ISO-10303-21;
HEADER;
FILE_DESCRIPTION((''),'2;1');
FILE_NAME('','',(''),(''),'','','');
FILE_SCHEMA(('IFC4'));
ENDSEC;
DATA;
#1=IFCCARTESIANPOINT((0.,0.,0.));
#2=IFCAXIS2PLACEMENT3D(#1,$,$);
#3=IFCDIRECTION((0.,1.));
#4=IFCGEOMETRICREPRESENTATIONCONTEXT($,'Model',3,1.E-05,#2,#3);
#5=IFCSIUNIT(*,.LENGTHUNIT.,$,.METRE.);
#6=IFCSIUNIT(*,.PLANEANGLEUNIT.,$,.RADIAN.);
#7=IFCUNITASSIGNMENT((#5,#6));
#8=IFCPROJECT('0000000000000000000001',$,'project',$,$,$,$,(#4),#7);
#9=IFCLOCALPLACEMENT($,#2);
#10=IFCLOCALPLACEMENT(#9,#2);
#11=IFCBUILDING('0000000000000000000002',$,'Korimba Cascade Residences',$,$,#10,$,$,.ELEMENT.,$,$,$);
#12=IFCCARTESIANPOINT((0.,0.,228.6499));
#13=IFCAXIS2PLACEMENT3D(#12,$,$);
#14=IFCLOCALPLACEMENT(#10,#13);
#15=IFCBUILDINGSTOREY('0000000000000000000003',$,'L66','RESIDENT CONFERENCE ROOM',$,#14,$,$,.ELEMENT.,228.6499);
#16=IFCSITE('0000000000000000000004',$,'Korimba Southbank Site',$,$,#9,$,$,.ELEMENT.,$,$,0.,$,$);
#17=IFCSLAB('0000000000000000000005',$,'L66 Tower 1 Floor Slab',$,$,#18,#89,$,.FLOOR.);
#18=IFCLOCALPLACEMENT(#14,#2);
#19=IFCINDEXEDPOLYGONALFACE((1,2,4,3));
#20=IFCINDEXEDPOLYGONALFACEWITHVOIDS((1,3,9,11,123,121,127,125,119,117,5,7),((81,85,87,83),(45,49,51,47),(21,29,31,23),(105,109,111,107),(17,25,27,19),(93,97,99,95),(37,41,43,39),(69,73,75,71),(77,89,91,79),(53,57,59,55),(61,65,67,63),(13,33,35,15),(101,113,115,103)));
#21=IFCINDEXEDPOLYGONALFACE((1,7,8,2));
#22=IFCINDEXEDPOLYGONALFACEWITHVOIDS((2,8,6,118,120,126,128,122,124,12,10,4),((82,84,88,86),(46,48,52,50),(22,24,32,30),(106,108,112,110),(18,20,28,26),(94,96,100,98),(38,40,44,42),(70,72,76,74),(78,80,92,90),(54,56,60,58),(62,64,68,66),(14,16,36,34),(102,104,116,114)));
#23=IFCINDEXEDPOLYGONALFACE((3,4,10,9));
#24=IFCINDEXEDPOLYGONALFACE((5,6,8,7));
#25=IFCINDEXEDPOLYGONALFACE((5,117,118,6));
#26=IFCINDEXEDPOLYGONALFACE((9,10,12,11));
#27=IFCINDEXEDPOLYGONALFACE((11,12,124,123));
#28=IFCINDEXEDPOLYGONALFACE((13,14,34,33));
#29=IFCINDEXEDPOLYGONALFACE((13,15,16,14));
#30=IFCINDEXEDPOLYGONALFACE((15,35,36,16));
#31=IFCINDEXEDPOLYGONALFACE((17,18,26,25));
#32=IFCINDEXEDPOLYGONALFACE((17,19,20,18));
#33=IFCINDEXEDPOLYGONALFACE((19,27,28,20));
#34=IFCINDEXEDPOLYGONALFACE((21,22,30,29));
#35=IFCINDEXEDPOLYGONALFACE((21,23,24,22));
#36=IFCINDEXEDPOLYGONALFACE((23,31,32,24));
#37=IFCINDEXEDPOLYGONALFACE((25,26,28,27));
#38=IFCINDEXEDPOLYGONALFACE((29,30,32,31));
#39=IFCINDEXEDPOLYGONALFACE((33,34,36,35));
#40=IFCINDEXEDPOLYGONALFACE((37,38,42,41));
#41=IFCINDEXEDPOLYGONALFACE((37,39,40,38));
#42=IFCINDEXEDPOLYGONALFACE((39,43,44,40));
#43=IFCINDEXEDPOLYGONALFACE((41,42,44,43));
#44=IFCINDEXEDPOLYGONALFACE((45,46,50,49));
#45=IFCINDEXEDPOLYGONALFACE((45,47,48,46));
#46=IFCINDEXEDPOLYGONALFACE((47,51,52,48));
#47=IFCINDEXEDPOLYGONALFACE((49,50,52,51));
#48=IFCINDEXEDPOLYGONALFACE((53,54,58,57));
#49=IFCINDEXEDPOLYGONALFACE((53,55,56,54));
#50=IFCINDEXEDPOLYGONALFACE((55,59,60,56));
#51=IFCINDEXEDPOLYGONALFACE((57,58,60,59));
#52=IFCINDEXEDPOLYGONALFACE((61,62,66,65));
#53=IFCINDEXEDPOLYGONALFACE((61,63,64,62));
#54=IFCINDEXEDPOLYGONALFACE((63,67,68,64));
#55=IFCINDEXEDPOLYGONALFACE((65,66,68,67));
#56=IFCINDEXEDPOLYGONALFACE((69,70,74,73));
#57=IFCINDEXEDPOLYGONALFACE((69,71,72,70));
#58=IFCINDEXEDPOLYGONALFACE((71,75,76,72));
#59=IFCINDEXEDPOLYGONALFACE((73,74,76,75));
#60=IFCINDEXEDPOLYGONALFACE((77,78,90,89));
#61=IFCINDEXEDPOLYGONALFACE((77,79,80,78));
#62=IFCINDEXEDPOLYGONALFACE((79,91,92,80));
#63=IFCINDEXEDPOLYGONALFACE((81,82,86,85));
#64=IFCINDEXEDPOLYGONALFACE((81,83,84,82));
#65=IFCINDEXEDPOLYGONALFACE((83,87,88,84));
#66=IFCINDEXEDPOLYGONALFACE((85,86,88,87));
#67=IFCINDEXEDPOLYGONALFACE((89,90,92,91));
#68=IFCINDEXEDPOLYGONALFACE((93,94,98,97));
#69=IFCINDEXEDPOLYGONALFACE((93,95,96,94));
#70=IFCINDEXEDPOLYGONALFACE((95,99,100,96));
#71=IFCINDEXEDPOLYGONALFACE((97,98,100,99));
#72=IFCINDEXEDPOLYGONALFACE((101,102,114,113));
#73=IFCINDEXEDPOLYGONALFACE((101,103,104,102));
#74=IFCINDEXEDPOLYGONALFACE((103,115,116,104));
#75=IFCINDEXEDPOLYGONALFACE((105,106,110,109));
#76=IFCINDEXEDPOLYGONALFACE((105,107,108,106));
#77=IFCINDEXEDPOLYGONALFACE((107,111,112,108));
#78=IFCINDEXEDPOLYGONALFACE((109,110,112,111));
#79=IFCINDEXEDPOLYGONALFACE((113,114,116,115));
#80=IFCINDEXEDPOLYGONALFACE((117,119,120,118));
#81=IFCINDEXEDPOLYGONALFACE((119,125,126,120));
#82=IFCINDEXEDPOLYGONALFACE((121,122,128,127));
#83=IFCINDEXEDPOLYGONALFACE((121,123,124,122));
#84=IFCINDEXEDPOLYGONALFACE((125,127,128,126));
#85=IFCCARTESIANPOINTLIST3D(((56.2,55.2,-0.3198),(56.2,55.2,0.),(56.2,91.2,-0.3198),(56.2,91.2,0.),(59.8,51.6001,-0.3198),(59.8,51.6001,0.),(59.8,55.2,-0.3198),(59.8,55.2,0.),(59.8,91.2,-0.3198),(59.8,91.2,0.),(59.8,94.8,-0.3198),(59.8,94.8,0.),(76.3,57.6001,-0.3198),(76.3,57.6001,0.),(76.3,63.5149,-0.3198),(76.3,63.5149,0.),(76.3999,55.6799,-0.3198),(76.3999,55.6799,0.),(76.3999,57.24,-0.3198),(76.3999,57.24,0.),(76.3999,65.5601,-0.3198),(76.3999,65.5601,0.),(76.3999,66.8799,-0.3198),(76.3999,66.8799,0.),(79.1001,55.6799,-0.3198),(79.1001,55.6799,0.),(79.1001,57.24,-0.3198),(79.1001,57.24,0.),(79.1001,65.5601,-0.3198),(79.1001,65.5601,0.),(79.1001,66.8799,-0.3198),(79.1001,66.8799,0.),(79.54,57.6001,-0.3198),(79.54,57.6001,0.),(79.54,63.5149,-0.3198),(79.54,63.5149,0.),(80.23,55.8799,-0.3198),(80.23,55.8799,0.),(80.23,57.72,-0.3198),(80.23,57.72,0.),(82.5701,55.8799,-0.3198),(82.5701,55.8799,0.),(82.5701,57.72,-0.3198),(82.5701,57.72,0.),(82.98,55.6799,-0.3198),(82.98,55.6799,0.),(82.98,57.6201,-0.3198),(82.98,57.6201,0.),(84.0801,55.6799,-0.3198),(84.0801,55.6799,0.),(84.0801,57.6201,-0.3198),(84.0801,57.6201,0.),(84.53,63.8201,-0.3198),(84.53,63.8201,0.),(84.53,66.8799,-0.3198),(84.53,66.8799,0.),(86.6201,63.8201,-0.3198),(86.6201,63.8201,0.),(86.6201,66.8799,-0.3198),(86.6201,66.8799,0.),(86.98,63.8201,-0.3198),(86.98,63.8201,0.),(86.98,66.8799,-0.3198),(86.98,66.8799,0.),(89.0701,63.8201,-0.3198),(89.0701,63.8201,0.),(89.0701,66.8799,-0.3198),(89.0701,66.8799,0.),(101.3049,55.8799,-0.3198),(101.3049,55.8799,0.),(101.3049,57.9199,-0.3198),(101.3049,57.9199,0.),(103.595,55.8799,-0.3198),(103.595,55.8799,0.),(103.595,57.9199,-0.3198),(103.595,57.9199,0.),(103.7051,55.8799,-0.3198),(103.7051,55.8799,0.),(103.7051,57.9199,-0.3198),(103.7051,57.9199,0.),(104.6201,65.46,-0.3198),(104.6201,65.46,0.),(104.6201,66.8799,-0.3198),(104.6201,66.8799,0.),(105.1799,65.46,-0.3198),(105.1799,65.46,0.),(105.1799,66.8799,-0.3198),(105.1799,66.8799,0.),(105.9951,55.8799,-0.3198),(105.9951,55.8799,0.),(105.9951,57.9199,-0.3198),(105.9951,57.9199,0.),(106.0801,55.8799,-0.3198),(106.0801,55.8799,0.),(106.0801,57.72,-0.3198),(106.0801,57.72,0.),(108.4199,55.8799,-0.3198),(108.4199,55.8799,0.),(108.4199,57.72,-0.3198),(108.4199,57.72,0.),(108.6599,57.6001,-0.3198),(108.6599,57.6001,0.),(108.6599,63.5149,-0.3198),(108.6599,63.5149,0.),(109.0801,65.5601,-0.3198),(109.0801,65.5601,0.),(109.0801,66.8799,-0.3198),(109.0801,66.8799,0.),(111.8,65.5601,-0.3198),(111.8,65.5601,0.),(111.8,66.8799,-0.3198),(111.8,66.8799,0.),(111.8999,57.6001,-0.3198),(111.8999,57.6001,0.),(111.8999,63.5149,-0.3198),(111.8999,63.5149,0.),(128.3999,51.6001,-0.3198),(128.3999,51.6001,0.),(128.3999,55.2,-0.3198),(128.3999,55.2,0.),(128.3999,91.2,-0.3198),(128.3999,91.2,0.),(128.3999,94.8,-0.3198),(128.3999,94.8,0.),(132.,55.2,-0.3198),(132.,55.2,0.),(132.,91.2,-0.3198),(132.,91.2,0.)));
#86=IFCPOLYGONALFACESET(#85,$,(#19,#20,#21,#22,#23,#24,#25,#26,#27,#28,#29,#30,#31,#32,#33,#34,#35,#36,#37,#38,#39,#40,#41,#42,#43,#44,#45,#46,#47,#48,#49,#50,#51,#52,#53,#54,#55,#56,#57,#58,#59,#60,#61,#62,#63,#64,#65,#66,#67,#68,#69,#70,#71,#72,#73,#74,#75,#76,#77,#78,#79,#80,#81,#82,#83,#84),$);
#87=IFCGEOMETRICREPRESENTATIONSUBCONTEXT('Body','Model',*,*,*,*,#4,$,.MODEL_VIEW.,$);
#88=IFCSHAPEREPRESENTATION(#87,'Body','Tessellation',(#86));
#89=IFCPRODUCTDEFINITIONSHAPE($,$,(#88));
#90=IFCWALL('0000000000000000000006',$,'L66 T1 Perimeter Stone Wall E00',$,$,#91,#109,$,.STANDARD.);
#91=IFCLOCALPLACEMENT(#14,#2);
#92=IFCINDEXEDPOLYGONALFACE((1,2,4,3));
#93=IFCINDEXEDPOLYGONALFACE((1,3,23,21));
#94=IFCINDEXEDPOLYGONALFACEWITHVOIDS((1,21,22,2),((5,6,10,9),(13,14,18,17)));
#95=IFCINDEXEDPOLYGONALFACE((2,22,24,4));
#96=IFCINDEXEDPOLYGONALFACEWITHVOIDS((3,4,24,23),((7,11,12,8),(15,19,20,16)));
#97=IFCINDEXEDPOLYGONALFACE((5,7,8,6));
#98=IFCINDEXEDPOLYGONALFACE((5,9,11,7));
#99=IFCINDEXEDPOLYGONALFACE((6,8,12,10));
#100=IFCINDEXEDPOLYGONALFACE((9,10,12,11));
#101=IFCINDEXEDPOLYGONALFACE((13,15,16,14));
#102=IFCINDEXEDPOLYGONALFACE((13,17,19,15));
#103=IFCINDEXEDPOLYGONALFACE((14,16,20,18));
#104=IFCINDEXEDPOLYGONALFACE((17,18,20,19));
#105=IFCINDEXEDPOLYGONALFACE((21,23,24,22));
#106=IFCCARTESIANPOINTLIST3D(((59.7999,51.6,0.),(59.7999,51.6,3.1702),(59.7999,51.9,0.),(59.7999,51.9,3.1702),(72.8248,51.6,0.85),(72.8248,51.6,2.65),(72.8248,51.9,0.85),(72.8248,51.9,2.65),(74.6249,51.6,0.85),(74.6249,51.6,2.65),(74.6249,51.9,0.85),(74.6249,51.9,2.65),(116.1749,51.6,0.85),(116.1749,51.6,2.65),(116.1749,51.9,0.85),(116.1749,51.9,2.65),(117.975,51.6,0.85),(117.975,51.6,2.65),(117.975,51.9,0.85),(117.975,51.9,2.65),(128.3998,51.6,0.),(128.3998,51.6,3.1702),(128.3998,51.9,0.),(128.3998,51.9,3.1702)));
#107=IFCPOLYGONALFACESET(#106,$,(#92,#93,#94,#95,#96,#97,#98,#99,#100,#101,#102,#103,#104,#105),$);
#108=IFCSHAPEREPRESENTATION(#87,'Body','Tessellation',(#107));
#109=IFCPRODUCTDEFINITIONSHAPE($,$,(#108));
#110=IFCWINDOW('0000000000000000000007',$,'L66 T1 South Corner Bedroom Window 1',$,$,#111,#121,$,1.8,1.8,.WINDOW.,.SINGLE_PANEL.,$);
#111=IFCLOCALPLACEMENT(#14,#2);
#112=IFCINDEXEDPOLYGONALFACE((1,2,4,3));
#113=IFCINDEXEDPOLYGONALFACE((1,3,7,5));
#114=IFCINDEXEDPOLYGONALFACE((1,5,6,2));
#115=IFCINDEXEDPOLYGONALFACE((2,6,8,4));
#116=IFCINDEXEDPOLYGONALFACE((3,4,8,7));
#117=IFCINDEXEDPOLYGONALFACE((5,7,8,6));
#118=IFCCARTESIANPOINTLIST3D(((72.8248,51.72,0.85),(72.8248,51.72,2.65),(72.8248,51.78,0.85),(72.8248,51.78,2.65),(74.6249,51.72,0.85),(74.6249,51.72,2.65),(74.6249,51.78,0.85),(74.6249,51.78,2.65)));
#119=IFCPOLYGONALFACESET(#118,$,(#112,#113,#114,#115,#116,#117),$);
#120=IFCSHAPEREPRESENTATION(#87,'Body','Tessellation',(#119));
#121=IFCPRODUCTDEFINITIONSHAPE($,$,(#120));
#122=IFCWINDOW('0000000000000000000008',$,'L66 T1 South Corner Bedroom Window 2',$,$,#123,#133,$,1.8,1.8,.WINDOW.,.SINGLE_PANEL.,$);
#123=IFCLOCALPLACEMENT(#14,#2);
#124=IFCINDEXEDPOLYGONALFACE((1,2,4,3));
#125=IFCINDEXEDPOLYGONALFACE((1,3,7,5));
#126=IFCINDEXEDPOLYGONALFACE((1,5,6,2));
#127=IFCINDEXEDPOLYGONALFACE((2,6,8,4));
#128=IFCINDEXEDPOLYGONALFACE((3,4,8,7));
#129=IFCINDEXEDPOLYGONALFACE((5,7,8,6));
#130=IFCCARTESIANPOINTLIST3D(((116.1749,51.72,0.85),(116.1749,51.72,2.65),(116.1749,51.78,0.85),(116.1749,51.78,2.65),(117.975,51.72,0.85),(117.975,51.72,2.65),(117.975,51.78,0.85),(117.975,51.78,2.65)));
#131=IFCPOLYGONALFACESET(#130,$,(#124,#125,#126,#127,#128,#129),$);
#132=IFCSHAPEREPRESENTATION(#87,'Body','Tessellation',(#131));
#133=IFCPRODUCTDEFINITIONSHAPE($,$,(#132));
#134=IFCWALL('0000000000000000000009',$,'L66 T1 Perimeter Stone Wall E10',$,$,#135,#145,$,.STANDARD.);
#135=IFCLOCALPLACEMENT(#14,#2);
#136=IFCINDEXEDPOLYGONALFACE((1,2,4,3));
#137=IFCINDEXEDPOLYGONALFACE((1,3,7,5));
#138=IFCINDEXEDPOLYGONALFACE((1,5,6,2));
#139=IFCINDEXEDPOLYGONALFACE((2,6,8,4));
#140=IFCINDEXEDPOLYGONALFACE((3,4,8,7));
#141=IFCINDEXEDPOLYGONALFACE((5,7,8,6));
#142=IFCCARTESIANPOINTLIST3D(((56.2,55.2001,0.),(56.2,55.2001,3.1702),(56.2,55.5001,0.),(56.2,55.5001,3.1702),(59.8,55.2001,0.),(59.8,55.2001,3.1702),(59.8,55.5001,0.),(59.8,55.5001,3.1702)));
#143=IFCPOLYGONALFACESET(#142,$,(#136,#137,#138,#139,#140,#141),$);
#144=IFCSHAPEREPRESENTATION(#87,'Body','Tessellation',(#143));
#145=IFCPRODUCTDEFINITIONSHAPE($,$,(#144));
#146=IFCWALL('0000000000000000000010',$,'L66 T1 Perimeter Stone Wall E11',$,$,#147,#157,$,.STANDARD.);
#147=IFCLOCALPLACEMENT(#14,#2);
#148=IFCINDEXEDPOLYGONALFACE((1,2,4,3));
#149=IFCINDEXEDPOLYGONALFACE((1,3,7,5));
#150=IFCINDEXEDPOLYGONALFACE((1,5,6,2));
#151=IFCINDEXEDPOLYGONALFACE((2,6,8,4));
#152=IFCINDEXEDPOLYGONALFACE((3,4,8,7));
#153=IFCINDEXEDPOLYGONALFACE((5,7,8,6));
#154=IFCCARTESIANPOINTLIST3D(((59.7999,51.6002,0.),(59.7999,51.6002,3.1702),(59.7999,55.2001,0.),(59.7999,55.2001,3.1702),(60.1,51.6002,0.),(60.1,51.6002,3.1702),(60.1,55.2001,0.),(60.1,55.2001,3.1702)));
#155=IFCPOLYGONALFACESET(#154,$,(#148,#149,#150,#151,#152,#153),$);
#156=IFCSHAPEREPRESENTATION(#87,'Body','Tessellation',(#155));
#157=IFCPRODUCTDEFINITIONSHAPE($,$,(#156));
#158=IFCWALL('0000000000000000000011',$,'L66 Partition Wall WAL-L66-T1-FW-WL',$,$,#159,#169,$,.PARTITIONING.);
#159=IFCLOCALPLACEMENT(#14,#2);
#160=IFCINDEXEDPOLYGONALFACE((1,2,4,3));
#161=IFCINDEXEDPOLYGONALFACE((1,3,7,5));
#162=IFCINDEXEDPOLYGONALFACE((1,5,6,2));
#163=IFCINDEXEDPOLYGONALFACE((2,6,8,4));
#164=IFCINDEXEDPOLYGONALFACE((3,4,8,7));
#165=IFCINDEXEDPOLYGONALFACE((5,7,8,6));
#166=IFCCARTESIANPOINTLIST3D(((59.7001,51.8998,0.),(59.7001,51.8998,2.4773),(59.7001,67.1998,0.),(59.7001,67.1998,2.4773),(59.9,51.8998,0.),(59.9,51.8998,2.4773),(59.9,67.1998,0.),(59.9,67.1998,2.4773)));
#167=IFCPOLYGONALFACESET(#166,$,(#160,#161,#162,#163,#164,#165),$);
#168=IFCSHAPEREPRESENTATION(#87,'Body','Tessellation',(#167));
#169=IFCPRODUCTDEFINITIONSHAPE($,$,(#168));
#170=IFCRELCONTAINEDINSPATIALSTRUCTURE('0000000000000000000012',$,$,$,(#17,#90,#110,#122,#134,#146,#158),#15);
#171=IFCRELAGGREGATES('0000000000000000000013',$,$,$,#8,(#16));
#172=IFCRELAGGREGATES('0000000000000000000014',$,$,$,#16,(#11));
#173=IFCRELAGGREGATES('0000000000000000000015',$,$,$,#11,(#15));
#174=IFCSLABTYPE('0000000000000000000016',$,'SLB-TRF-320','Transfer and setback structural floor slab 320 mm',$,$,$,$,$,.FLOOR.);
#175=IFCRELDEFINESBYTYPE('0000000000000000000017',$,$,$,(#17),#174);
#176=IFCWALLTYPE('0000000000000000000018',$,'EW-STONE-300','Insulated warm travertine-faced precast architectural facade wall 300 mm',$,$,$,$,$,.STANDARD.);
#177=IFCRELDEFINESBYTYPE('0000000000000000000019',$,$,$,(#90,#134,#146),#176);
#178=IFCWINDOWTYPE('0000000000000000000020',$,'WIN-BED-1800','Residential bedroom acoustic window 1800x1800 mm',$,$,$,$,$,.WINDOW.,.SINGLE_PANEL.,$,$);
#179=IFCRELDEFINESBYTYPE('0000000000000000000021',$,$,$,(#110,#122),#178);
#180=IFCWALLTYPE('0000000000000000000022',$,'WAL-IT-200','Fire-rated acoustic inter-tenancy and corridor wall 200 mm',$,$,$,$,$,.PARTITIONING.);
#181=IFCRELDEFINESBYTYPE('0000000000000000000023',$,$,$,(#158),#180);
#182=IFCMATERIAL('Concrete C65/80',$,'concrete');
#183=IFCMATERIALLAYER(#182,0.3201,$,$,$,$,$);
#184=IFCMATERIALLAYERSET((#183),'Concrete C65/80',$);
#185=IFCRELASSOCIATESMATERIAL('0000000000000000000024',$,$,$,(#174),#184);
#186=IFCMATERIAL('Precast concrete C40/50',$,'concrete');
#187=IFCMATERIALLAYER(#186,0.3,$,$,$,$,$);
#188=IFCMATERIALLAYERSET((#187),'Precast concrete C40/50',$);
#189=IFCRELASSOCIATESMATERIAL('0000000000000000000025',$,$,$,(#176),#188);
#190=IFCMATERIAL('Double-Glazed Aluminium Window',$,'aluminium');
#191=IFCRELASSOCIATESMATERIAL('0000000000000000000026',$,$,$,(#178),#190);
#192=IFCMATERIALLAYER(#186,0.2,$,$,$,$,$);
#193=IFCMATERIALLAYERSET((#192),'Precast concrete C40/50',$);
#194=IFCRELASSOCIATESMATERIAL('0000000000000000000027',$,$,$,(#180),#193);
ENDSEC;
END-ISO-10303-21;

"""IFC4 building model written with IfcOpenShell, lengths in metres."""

from ifc_helpers import new_model, si_unit, direction, frame, frame_2d, origin, place, context, subcontext, project, spatial, polyline, rectangle, outline, extrude, material, layer, layer_set, type_object, element, fill, save


model = new_model("IFC4")

# Units and contexts
model_context = context("Model", 3, precision=1e-05, world=origin(), true_north=direction((0.0, 1.0)))
body_context = subcontext(model_context, "Body", "Model", "MODEL_VIEW")
ifc_project = project(units=[si_unit("LENGTHUNIT", "METRE"), si_unit("PLANEANGLEUNIT", "RADIAN")], contexts=[model_context])

# Site, building, storey
site_placement = place(None, origin())
site = spatial("IfcSite", under=ifc_project, at=site_placement, Name="Korimba Southbank Site", CompositionType="ELEMENT", RefElevation=0.0)
building_placement = place(site_placement, origin())
building = spatial("IfcBuilding", under=site, at=building_placement, Name="Korimba Cascade Residences", CompositionType="ELEMENT")
storey_placement = place(building_placement, frame((0.0, 0.0, 228.6499)))
storey = spatial("IfcBuildingStorey", under=building, at=storey_placement, Name="L66", Description="RESIDENT CONFERENCE ROOM", CompositionType="ELEMENT", Elevation=228.6499)

# Shared definitions
ifc_material_1 = material(Name="Concrete C65/80", Category="concrete")

# Slab
ifc_material_2 = material(Name="Precast concrete C40/50", Category="concrete")
ifc_layer_1 = layer(ifc_material_1, 0.3201)
ifc_layer_set_1 = layer_set([ifc_layer_1], Name="Concrete C65/80")
slab_type_1 = type_object("IfcSlabType", Name="SLB-TRF-320", Description="Transfer and setback structural floor slab 320 mm", PredefinedType="FLOOR", material=ifc_layer_set_1)
slab_1_placement = place(storey_placement, frame((0.0, 0.0, -0.3198)))
element("IfcSlab", 1, at=slab_1_placement, inside=storey, type_object=slab_type_1, Name="L66 Tower 1 Floor Slab", PredefinedType="FLOOR", context=body_context, shape_type="SweptSolid", body=[
    extrude(outline(polyline([(59.8, 51.6001), (128.3999, 51.6001), (128.3999, 55.2), (132.0, 55.2), (132.0, 91.2), (128.3999, 91.2), (128.3999, 94.8), (59.8, 94.8), (59.8, 91.2), (56.2, 91.2), (56.2, 55.2), (59.8, 55.2), (59.8, 51.6001)]), holes=[polyline([(76.3, 63.5149), (76.3, 57.6001), (79.54, 57.6001), (79.54, 63.5149), (76.3, 63.5149)]), polyline([(108.6599, 63.5149), (108.6599, 57.6001), (111.8999, 57.6001), (111.8999, 63.5149), (108.6599, 63.5149)]), polyline([(80.23, 55.8799), (82.5701, 55.8799), (82.5701, 57.72), (80.23, 57.72), (80.23, 55.8799)]), polyline([(106.0801, 55.8799), (108.4199, 55.8799), (108.4199, 57.72), (106.0801, 57.72), (106.0801, 55.8799)]), polyline([(101.3049, 55.8799), (103.595, 55.8799), (103.595, 57.9199), (101.3049, 57.9199), (101.3049, 55.8799)]), polyline([(103.7051, 55.8799), (105.9951, 55.8799), (105.9951, 57.9199), (103.7051, 57.9199), (103.7051, 55.8799)]), polyline([(82.98, 55.6799), (84.0801, 55.6799), (84.0801, 57.6201), (82.98, 57.6201), (82.98, 55.6799)]), polyline([(76.3999, 65.5601), (79.1001, 65.5601), (79.1001, 66.8799), (76.3999, 66.8799), (76.3999, 65.5601)]), polyline([(76.3999, 55.6799), (79.1001, 55.6799), (79.1001, 57.24), (76.3999, 57.24), (76.3999, 55.6799)]), polyline([(84.53, 63.8201), (86.6201, 63.8201), (86.6201, 66.8799), (84.53, 66.8799), (84.53, 63.8201)]), polyline([(86.98, 63.8201), (89.0701, 63.8201), (89.0701, 66.8799), (86.98, 66.8799), (86.98, 63.8201)]), polyline([(104.6201, 65.46), (105.1799, 65.46), (105.1799, 66.8799), (104.6201, 66.8799), (104.6201, 65.46)]), polyline([(109.0801, 65.5601), (111.8, 65.5601), (111.8, 66.8799), (109.0801, 66.8799), (109.0801, 65.5601)])]), origin(), (0.0, 0.0, 1.0), 0.3198),
])

# Wall, openings, windows
ifc_layer_2 = layer(ifc_material_2, 0.3)
ifc_layer_set_2 = layer_set([ifc_layer_2], Name="Precast concrete C40/50")
wall_type_1 = type_object("IfcWallType", Name="EW-STONE-300", Description="Insulated warm travertine-faced precast architectural facade wall 300 mm", PredefinedType="STANDARD", material=ifc_layer_set_2)
wall_1_placement = place(storey_placement, frame((59.8, 51.75, 0.0), z_axis=(0.0, 0.0, 1.0), x_axis=(1.0, 0.0, 0.0)))
wall_1 = element("IfcWall", 2, at=wall_1_placement, inside=storey, type_object=wall_type_1, Name="L66 T1 Perimeter Stone Wall E00", PredefinedType="STANDARD", context=body_context, shape_type="SweptSolid", body=[
    extrude(rectangle(XDim=68.5999, YDim=0.3, at=frame_2d((34.2998, 0.0))), origin(), (0.0, 0.0, 1.0), 3.1702),
])
opening_1_placement = place(wall_1_placement, frame((13.0249, 0.0, 0.8501)))
opening_1 = element("IfcOpeningElement", 3, at=opening_1_placement, cuts=wall_1, PredefinedType="OPENING", context=body_context, shape_type="SweptSolid", body=[
    extrude(rectangle(XDim=1.8, YDim=1.8, at=frame_2d((0.8999, 0.8999))), frame((0.0, 0.1602, 0.0), z_axis=(0.0, -1.0, 0.0), x_axis=(1.0, 0.0, 0.0)), (0.0, 0.0, 1.0), 0.3201),
])
opening_2_placement = place(wall_1_placement, frame((56.375, 0.0, 0.8501)))
opening_2 = element("IfcOpeningElement", 4, at=opening_2_placement, cuts=wall_1, PredefinedType="OPENING", context=body_context, shape_type="SweptSolid", body=[
    extrude(rectangle(XDim=1.8, YDim=1.8, at=frame_2d((0.8999, 0.8999))), frame((0.0, 0.1602, 0.0), z_axis=(0.0, -1.0, 0.0), x_axis=(1.0, 0.0, 0.0)), (0.0, 0.0, 1.0), 0.3201),
])
ifc_material_3 = material(Name="Double-Glazed Aluminium Window", Category="aluminium")
window_type = type_object("IfcWindowType", Name="WIN-BED-1800", Description="Residential bedroom acoustic window 1800x1800 mm", PartitioningType="SINGLE_PANEL", PredefinedType="WINDOW", material=ifc_material_3)
window_1_placement = place(opening_1_placement, origin())
window_1 = element("IfcWindow", 5, at=window_1_placement, inside=storey, type_object=window_type, Name="L66 T1 South Corner Bedroom Window 1", OverallHeight=1.8, OverallWidth=1.8, PartitioningType="SINGLE_PANEL", PredefinedType="WINDOW", context=body_context, shape_type="SweptSolid", body=[
    extrude(rectangle(XDim=1.8, YDim=1.8, at=frame_2d((0.8999, 0.8999))), frame((0.0, 0.03, 0.0), z_axis=(0.0, -1.0, 0.0), x_axis=(1.0, 0.0, 0.0)), (0.0, 0.0, 1.0), 0.0601),
])
fill(opening_1, window_1)
window_2_placement = place(opening_2_placement, origin())
window_2 = element("IfcWindow", 6, at=window_2_placement, inside=storey, type_object=window_type, Name="L66 T1 South Corner Bedroom Window 2", OverallHeight=1.8, OverallWidth=1.8, PartitioningType="SINGLE_PANEL", PredefinedType="WINDOW", context=body_context, shape_type="SweptSolid", body=[
    extrude(rectangle(XDim=1.8, YDim=1.8, at=frame_2d((0.8999, 0.8999))), frame((0.0, 0.03, 0.0), z_axis=(0.0, -1.0, 0.0), x_axis=(1.0, 0.0, 0.0)), (0.0, 0.0, 1.0), 0.0601),
])
fill(opening_2, window_2)

# Walls
wall_2_placement = place(storey_placement, frame((56.2, 55.3501, 0.0), z_axis=(0.0, 0.0, 1.0), x_axis=(1.0, 0.0, 0.0)))
element("IfcWall", 7, at=wall_2_placement, inside=storey, type_object=wall_type_1, Name="L66 T1 Perimeter Stone Wall E10", PredefinedType="STANDARD", context=body_context, shape_type="SweptSolid", body=[
    extrude(rectangle(XDim=3.6001, YDim=0.3, at=frame_2d((1.8, 0.0))), origin(), (0.0, 0.0, 1.0), 3.1702),
])
wall_3_placement = place(storey_placement, frame((59.95, 55.2, 0.0), z_axis=(0.0, 0.0, 1.0), x_axis=(0.0, -1.0, 0.0)))
element("IfcWall", 8, at=wall_3_placement, inside=storey, type_object=wall_type_1, Name="L66 T1 Perimeter Stone Wall E11", PredefinedType="STANDARD", context=body_context, shape_type="SweptSolid", body=[
    extrude(rectangle(XDim=3.5999, YDim=0.3, at=frame_2d((1.7998, 0.0))), origin(), (0.0, 0.0, 1.0), 3.1702),
])
ifc_layer_3 = layer(ifc_material_2, 0.2)
ifc_layer_set_3 = layer_set([ifc_layer_3], Name="Precast concrete C40/50")
wall_type_2 = type_object("IfcWallType", Name="WAL-IT-200", Description="Fire-rated acoustic inter-tenancy and corridor wall 200 mm", PredefinedType="PARTITIONING", material=ifc_layer_set_3)
wall_4_placement = place(storey_placement, frame((59.8, 51.8999, 0.0), z_axis=(0.0, 0.0, 1.0), x_axis=(0.0, 1.0, 0.0)))
element("IfcWall", 9, at=wall_4_placement, inside=storey, type_object=wall_type_2, Name="L66 Partition Wall WAL-L66-T1-FW-WL", PredefinedType="PARTITIONING", context=body_context, shape_type="SweptSolid", body=[
    extrude(rectangle(XDim=15.3, YDim=0.2, at=frame_2d((7.6499, 0.0))), origin(), (0.0, 0.0, 1.0), 2.4773),
])

save(model, "model.ifc")
